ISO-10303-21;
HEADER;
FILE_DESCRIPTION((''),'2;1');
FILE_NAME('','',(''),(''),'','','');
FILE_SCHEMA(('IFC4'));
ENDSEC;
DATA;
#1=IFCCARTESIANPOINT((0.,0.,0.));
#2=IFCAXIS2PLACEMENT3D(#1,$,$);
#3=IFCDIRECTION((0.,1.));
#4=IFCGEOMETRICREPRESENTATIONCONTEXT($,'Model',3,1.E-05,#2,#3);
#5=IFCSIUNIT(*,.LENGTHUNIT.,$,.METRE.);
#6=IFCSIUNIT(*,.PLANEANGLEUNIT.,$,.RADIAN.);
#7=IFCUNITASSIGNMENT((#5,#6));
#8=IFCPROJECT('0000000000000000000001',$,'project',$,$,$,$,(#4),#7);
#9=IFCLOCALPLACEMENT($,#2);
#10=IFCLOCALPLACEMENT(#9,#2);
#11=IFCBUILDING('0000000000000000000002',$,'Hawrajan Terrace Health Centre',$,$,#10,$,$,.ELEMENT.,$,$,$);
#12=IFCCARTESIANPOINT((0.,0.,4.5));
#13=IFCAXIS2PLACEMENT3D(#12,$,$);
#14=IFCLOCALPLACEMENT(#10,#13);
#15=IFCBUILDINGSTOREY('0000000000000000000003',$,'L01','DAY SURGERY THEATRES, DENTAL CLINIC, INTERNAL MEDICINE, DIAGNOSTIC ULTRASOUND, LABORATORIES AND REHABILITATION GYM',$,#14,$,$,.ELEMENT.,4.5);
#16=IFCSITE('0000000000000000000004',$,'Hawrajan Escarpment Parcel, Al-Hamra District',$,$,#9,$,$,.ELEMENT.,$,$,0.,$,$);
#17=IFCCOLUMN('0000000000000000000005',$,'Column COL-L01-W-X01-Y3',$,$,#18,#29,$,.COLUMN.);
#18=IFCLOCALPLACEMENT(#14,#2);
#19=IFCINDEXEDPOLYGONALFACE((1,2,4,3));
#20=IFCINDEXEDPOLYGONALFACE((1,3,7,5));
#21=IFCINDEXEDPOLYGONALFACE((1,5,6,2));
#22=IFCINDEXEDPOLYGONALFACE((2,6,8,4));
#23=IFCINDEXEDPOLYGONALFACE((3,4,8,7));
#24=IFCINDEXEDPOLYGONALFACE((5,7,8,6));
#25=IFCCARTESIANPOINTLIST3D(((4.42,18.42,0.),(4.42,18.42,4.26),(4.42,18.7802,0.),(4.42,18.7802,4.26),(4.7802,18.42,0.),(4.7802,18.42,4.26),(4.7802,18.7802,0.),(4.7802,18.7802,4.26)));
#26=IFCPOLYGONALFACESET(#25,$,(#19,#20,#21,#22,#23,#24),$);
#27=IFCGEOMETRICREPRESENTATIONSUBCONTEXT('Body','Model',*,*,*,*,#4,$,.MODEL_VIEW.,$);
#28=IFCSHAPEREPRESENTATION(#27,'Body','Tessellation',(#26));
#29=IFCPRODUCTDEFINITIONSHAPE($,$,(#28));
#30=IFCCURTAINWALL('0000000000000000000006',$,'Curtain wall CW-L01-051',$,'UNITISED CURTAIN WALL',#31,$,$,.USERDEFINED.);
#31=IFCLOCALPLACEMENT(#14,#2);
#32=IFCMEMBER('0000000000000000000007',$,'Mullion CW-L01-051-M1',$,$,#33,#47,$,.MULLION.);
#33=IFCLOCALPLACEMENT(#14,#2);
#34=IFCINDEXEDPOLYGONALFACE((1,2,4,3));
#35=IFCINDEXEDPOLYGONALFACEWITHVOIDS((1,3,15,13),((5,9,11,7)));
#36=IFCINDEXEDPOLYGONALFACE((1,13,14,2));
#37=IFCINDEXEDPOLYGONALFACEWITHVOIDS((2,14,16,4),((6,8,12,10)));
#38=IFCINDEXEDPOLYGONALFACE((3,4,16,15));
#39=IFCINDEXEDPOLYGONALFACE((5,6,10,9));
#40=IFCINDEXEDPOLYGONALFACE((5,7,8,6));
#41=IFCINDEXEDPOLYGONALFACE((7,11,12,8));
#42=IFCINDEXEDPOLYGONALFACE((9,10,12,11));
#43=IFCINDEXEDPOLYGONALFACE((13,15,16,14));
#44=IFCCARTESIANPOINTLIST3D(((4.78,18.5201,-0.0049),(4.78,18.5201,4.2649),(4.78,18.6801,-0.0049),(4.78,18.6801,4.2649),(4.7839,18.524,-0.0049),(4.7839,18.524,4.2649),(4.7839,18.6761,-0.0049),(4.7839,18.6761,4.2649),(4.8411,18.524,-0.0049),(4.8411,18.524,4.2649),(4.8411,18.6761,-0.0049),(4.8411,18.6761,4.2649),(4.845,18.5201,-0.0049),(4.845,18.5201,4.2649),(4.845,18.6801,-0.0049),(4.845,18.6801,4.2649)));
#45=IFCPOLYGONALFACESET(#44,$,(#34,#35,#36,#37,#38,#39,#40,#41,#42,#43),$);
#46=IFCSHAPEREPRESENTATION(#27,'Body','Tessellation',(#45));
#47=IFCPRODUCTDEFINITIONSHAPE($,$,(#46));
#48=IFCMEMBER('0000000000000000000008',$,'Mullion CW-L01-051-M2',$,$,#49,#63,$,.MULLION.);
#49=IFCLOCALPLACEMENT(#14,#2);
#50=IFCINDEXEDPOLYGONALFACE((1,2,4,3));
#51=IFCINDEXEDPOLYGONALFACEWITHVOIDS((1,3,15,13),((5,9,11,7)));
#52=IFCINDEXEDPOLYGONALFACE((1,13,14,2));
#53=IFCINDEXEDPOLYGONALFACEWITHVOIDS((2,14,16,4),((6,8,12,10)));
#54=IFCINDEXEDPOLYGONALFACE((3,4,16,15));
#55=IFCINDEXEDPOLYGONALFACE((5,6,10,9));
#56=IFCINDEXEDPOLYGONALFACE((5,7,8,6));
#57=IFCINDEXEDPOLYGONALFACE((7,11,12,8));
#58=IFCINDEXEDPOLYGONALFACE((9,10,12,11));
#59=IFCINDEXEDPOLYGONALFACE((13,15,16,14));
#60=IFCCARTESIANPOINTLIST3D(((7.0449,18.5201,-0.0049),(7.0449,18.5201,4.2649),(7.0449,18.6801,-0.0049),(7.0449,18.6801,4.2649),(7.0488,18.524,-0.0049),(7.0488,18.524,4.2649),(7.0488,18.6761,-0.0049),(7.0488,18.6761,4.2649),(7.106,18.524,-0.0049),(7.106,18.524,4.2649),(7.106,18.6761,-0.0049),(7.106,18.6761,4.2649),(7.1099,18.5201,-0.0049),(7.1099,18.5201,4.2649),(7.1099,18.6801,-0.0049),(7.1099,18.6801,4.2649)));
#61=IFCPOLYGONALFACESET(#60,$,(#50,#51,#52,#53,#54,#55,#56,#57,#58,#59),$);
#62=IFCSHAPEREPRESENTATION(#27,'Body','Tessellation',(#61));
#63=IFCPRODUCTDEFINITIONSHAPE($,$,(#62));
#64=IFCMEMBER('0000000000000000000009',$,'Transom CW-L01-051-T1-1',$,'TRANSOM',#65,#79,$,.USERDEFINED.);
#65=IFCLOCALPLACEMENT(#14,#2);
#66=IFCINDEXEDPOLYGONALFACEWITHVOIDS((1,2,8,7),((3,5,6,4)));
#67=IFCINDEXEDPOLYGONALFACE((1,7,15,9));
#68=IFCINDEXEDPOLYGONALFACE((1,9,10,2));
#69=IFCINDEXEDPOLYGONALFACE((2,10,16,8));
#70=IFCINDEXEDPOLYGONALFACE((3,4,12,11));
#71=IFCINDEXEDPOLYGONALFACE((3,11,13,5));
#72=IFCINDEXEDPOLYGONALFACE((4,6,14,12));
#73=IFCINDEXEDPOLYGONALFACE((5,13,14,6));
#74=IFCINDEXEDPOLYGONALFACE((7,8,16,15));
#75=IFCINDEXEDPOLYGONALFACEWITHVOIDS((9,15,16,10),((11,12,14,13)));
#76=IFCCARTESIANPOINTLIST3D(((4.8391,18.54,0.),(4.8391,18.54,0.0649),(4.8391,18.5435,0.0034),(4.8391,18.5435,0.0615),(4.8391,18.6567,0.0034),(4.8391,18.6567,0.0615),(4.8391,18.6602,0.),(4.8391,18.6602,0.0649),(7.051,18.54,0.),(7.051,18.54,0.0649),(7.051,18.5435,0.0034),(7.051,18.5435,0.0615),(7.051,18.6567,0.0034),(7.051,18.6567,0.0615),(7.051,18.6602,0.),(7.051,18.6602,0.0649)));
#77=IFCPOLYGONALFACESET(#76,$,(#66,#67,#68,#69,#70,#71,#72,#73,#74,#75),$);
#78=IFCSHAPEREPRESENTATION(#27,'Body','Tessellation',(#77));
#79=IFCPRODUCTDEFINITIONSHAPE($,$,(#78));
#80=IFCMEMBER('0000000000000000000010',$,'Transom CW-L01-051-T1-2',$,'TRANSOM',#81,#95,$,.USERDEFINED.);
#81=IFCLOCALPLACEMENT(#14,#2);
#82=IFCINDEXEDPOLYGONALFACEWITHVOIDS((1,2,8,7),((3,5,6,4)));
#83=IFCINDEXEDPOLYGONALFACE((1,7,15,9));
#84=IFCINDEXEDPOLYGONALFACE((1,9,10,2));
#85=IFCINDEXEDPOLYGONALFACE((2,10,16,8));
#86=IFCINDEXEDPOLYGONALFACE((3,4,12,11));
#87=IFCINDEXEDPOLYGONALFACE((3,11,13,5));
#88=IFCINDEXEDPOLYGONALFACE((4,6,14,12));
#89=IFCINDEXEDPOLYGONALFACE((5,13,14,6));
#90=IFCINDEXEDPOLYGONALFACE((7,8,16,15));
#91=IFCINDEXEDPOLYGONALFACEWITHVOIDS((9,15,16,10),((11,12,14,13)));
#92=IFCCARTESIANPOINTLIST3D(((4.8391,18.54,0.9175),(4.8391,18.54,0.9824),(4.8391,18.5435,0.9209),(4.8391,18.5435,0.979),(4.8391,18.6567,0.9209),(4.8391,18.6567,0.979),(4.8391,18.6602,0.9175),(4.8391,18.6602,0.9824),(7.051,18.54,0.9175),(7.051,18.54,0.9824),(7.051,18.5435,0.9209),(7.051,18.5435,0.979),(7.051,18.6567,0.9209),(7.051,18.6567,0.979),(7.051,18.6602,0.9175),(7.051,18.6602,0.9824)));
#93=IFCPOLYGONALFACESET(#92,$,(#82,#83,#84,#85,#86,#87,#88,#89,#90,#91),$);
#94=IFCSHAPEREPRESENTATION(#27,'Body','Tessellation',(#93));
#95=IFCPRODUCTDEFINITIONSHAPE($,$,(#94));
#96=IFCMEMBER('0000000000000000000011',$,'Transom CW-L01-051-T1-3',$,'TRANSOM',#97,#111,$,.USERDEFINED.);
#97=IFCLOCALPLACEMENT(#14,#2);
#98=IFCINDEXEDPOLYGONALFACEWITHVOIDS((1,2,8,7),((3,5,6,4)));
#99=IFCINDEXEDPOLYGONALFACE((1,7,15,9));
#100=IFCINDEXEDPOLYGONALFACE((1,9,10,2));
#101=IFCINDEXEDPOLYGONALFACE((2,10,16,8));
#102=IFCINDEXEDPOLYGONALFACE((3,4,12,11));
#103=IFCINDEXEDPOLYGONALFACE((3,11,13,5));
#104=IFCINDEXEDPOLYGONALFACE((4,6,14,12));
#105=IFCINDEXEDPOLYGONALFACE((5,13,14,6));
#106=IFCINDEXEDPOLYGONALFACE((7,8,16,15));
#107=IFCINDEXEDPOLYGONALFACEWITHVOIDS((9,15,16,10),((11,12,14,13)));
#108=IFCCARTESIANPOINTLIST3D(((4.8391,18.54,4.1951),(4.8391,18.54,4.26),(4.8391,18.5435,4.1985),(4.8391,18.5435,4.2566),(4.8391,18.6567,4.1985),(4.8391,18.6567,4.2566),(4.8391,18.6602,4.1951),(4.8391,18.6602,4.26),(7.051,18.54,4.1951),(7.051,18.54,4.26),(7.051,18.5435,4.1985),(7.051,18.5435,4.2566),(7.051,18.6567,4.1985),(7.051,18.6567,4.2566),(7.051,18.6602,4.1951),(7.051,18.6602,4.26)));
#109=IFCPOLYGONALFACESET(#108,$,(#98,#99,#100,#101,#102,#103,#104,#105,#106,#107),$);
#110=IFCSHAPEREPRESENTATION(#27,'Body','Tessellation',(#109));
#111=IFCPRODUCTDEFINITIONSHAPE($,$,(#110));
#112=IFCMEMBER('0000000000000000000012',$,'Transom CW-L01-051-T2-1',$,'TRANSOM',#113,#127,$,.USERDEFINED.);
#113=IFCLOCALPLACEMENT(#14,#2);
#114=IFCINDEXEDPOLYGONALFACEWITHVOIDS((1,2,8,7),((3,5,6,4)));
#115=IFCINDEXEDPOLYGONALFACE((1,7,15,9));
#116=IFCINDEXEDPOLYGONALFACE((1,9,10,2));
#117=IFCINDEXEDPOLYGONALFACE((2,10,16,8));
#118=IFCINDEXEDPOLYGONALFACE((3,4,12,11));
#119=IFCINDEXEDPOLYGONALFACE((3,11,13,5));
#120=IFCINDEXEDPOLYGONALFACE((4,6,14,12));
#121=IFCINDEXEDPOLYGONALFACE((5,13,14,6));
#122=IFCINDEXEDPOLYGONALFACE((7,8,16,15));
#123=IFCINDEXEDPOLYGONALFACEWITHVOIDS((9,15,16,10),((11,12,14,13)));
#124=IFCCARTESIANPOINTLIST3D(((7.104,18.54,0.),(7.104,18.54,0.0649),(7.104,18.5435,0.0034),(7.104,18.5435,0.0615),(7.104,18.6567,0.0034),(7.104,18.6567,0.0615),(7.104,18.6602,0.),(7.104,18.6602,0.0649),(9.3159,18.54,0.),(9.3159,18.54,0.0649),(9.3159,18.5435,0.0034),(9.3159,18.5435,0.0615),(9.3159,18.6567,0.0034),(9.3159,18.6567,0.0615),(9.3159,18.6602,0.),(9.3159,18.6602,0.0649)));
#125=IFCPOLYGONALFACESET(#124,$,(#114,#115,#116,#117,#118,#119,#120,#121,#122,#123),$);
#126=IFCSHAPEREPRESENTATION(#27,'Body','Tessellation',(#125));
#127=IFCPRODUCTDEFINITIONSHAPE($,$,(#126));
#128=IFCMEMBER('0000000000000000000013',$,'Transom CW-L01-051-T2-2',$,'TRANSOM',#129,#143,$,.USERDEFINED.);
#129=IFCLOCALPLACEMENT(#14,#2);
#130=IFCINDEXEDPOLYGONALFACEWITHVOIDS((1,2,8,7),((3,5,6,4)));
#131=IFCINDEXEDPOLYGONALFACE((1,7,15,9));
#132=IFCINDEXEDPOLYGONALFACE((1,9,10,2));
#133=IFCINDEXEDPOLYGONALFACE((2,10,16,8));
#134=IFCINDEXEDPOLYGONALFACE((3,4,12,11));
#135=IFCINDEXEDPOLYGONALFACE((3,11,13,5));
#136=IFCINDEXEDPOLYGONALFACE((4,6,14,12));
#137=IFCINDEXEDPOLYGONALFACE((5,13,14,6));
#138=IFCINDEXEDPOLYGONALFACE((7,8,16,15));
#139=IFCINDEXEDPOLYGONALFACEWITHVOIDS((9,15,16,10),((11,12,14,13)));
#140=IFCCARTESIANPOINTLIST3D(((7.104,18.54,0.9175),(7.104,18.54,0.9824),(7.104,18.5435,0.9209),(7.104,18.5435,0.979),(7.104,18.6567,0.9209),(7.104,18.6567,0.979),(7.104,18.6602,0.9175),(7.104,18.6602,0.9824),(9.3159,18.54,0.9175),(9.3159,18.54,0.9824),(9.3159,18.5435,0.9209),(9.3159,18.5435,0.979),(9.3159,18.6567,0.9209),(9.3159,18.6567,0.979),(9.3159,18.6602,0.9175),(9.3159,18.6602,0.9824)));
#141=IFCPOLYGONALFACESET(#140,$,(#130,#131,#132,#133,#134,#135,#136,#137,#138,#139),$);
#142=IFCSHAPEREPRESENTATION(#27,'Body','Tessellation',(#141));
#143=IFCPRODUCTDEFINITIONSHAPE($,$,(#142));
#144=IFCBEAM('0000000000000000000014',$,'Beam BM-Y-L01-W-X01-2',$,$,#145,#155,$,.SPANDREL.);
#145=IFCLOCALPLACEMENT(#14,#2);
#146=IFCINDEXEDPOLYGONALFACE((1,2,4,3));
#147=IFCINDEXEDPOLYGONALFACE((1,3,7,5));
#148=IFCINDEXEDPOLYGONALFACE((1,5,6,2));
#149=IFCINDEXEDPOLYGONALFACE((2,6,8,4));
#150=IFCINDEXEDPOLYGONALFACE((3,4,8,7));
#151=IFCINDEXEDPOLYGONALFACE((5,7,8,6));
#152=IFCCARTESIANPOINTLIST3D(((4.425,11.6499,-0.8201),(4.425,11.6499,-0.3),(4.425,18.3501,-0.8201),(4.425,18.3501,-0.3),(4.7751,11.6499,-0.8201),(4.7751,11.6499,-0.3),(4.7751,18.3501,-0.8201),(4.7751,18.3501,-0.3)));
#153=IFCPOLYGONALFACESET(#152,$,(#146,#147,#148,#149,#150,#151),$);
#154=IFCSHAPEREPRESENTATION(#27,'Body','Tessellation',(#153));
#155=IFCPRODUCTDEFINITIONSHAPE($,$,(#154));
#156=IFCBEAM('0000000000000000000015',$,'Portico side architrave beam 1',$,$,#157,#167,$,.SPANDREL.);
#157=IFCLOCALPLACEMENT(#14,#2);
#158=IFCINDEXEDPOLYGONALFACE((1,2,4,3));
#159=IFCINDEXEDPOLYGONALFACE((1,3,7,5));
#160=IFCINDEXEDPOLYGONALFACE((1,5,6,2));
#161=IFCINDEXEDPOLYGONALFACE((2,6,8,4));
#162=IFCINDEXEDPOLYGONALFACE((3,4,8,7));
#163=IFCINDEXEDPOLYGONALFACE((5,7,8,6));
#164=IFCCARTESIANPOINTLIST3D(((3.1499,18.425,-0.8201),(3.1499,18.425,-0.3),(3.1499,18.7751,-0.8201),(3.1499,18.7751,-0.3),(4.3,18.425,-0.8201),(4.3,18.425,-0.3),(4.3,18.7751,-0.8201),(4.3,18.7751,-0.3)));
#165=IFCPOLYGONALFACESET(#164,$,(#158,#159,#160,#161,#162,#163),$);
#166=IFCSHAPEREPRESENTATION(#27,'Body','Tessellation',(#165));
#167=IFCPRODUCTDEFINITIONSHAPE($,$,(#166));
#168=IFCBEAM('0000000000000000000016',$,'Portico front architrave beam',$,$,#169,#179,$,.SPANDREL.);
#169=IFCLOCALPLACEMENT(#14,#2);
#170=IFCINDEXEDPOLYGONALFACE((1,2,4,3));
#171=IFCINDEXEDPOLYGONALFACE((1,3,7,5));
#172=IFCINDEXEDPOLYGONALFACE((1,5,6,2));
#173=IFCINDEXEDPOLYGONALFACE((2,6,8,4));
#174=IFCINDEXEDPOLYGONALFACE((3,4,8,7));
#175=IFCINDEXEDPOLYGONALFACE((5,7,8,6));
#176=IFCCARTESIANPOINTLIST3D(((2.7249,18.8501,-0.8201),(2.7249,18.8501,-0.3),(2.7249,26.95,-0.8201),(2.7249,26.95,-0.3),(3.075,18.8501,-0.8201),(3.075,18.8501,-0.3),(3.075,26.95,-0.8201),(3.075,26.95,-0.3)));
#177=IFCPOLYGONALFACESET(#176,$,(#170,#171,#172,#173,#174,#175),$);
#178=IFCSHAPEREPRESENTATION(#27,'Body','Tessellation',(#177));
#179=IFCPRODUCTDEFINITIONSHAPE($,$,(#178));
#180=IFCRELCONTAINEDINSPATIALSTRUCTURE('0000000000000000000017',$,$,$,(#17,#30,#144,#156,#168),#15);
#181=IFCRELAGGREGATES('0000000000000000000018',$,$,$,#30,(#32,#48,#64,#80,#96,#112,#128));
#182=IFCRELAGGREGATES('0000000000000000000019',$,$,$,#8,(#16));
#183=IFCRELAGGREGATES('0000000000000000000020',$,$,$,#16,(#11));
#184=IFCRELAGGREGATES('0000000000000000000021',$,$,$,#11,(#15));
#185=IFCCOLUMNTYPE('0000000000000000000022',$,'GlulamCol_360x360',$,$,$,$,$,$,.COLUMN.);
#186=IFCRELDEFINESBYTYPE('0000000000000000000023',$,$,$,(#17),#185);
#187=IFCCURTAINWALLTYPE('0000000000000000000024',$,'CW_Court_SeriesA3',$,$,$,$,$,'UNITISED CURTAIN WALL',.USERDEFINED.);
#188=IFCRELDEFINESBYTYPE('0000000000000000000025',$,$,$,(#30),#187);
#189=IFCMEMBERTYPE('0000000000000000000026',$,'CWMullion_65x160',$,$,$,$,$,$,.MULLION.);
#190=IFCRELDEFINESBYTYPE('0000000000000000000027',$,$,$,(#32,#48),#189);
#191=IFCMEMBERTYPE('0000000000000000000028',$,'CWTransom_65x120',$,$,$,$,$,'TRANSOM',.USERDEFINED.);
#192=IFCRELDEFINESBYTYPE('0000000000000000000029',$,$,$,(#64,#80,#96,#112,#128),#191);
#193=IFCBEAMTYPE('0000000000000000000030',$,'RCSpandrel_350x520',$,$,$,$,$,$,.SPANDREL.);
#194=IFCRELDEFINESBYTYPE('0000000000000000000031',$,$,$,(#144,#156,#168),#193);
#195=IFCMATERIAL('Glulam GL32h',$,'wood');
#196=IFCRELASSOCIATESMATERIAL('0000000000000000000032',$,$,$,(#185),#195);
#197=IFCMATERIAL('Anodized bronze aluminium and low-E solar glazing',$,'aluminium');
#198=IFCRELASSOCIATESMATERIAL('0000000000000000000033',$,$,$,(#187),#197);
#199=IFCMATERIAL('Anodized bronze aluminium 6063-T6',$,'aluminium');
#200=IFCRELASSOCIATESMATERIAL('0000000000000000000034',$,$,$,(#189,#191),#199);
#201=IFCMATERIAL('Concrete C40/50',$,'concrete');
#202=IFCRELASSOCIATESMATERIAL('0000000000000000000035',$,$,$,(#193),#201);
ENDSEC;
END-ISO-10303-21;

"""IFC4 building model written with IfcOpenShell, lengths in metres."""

from ifc_helpers import new_model, si_unit, direction, frame, origin, origin_2d, place, context, subcontext, project, spatial, rectangle, hollow_rectangle, extrude, material, material_profile, profile_set, type_object, element, aggregate, save


model = new_model("IFC4")

# Units and contexts
model_context = context("Model", 3, precision=1e-05, world=origin(), true_north=direction((0.0, 1.0)))
body_context = subcontext(model_context, "Body", "Model", "MODEL_VIEW")
ifc_project = project(units=[si_unit("LENGTHUNIT", "METRE"), si_unit("PLANEANGLEUNIT", "RADIAN")], contexts=[model_context])

# Site, building, storey
site_placement = place(None, origin())
site = spatial("IfcSite", under=ifc_project, at=site_placement, Name="Hawrajan Escarpment Parcel, Al-Hamra District", CompositionType="ELEMENT", RefElevation=0.0)
building_placement = place(site_placement, origin())
building = spatial("IfcBuilding", under=site, at=building_placement, Name="Hawrajan Terrace Health Centre", CompositionType="ELEMENT")
storey_placement = place(building_placement, frame((0.0, 0.0, 4.5)))
storey = spatial("IfcBuildingStorey", under=building, at=storey_placement, Name="L01", Description="DAY SURGERY THEATRES, DENTAL CLINIC, INTERNAL MEDICINE, DIAGNOSTIC ULTRASOUND, LABORATORIES AND REHABILITATION GYM", CompositionType="ELEMENT", Elevation=4.5)

# Column
ifc_material_1 = material(Name="Glulam GL32h", Category="wood")
ifc_material_profile_1 = material_profile(ifc_material_1, rectangle(XDim=0.3601, YDim=0.3601, at=origin_2d()), Name="GL 360x360")
ifc_profile_set_1 = profile_set([ifc_material_profile_1], Name="Glulam GL32h")
column_type = type_object("IfcColumnType", Name="GlulamCol_360x360", PredefinedType="COLUMN", material=ifc_profile_set_1)
column_placement = place(storey_placement, frame((4.6001, 18.6001, 0.0), z_axis=(0.0, 0.0, 1.0), x_axis=(1.0, 0.0, 0.0)))
element("IfcColumn", 1, at=column_placement, inside=storey, type_object=column_type, Name="Column COL-L01-W-X01-Y3", PredefinedType="COLUMN", context=body_context, shape_type="SweptSolid", body=[
    extrude(rectangle(XDim=0.3601, YDim=0.3601, at=origin_2d()), origin(), (0.0, 0.0, 1.0), 4.26),
])

# Curtain wall, members
ifc_material_2 = material(Name="Anodized bronze aluminium and low-E solar glazing", Category="aluminium")
curtain_wall_type = type_object("IfcCurtainWallType", Name="CW_Court_SeriesA3", ElementType="UNITISED CURTAIN WALL", PredefinedType="USERDEFINED", material=ifc_material_2)
curtain_wall_placement = place(storey_placement, origin())
curtain_wall = element("IfcCurtainWall", 2, at=curtain_wall_placement, inside=storey, type_object=curtain_wall_type, Name="Curtain wall CW-L01-051", ObjectType="UNITISED CURTAIN WALL", PredefinedType="USERDEFINED")
ifc_material_3 = material(Name="Anodized bronze aluminium 6063-T6", Category="aluminium")
ifc_material_profile_2 = material_profile(ifc_material_3, hollow_rectangle(XDim=0.0649, YDim=0.1599, WallThickness=0.0039, at=origin_2d()), Name="CW MUL 65x160")
ifc_profile_set_2 = profile_set([ifc_material_profile_2], Name="Anodized bronze aluminium 6063-T6")
member_type_1 = type_object("IfcMemberType", Name="CWMullion_65x160", PredefinedType="MULLION", material=ifc_profile_set_2)
member_1_placement = place(storey_placement, frame((4.8125, 18.6001, -0.0049), z_axis=(0.0, 0.0, 1.0), x_axis=(1.0, 0.0, 0.0)))
member_1 = element("IfcMember", 3, at=member_1_placement, type_object=member_type_1, Name="Mullion CW-L01-051-M1", PredefinedType="MULLION", context=body_context, shape_type="SweptSolid", body=[
    extrude(hollow_rectangle(XDim=0.0649, YDim=0.1599, WallThickness=0.0039, at=origin_2d()), origin(), (0.0, 0.0, 1.0), 4.2698),
])
member_2_placement = place(storey_placement, frame((7.0774, 18.6001, -0.0049), z_axis=(0.0, 0.0, 1.0), x_axis=(1.0, 0.0, 0.0)))
member_2 = element("IfcMember", 4, at=member_2_placement, type_object=member_type_1, Name="Mullion CW-L01-051-M2", PredefinedType="MULLION", context=body_context, shape_type="SweptSolid", body=[
    extrude(hollow_rectangle(XDim=0.0649, YDim=0.1599, WallThickness=0.0039, at=origin_2d()), origin(), (0.0, 0.0, 1.0), 4.2698),
])
ifc_material_profile_3 = material_profile(ifc_material_3, hollow_rectangle(XDim=0.0649, YDim=0.1201, WallThickness=0.0034, at=origin_2d()), Name="CW TRN 65x120")
ifc_profile_set_3 = profile_set([ifc_material_profile_3], Name="Anodized bronze aluminium 6063-T6")
member_type_2 = type_object("IfcMemberType", Name="CWTransom_65x120", ElementType="TRANSOM", PredefinedType="USERDEFINED", material=ifc_profile_set_3)
member_3_placement = place(storey_placement, frame((4.8391, 18.6001, 0.0325), z_axis=(1.0, 0.0, 0.0), x_axis=(0.0, 0.0, 1.0)))
member_3 = element("IfcMember", 5, at=member_3_placement, type_object=member_type_2, Name="Transom CW-L01-051-T1-1", ObjectType="TRANSOM", PredefinedType="USERDEFINED", context=body_context, shape_type="SweptSolid", body=[
    extrude(hollow_rectangle(XDim=0.0649, YDim=0.1201, WallThickness=0.0034, at=origin_2d()), origin(), (0.0, 0.0, 1.0), 2.2119),
])
member_4_placement = place(storey_placement, frame((4.8391, 18.6001, 0.95), z_axis=(1.0, 0.0, 0.0), x_axis=(0.0, 0.0, 1.0)))
member_4 = element("IfcMember", 6, at=member_4_placement, type_object=member_type_2, Name="Transom CW-L01-051-T1-2", ObjectType="TRANSOM", PredefinedType="USERDEFINED", context=body_context, shape_type="SweptSolid", body=[
    extrude(hollow_rectangle(XDim=0.0649, YDim=0.1201, WallThickness=0.0034, at=origin_2d()), origin(), (0.0, 0.0, 1.0), 2.2119),
])
member_5_placement = place(storey_placement, frame((4.8391, 18.6001, 4.2275), z_axis=(1.0, 0.0, 0.0), x_axis=(0.0, 0.0, 1.0)))
member_5 = element("IfcMember", 7, at=member_5_placement, type_object=member_type_2, Name="Transom CW-L01-051-T1-3", ObjectType="TRANSOM", PredefinedType="USERDEFINED", context=body_context, shape_type="SweptSolid", body=[
    extrude(hollow_rectangle(XDim=0.0649, YDim=0.1201, WallThickness=0.0034, at=origin_2d()), origin(), (0.0, 0.0, 1.0), 2.2119),
])
member_6_placement = place(storey_placement, frame((7.104, 18.6001, 0.0325), z_axis=(1.0, 0.0, 0.0), x_axis=(0.0, 0.0, 1.0)))
member_6 = element("IfcMember", 8, at=member_6_placement, type_object=member_type_2, Name="Transom CW-L01-051-T2-1", ObjectType="TRANSOM", PredefinedType="USERDEFINED", context=body_context, shape_type="SweptSolid", body=[
    extrude(hollow_rectangle(XDim=0.0649, YDim=0.1201, WallThickness=0.0034, at=origin_2d()), origin(), (0.0, 0.0, 1.0), 2.2119),
])
member_7_placement = place(storey_placement, frame((7.104, 18.6001, 0.95), z_axis=(1.0, 0.0, 0.0), x_axis=(0.0, 0.0, 1.0)))
member_7 = element("IfcMember", 9, at=member_7_placement, type_object=member_type_2, Name="Transom CW-L01-051-T2-2", ObjectType="TRANSOM", PredefinedType="USERDEFINED", context=body_context, shape_type="SweptSolid", body=[
    extrude(hollow_rectangle(XDim=0.0649, YDim=0.1201, WallThickness=0.0034, at=origin_2d()), origin(), (0.0, 0.0, 1.0), 2.2119),
])

# Beams
ifc_material_4 = material(Name="Concrete C40/50", Category="concrete")
ifc_material_profile_4 = material_profile(ifc_material_4, rectangle(XDim=0.3501, YDim=0.52, at=origin_2d()), Name="RC SP 350x520")
ifc_profile_set_4 = profile_set([ifc_material_profile_4], Name="Concrete C40/50")
beam_type_1 = type_object("IfcBeamType", Name="RCSpandrel_350x520", PredefinedType="SPANDREL", material=ifc_profile_set_4)
beam_1_placement = place(storey_placement, frame((4.6001, 11.6499, -0.5601), z_axis=(0.0, 1.0, 0.0), x_axis=(-1.0, 0.0, 0.0)))
element("IfcBeam", 10, at=beam_1_placement, inside=storey, type_object=beam_type_1, Name="Beam BM-Y-L01-W-X01-2", PredefinedType="SPANDREL", context=body_context, shape_type="SweptSolid", body=[
    extrude(rectangle(XDim=0.3501, YDim=0.52, at=origin_2d()), origin(), (0.0, 0.0, 1.0), 6.7002),
])
beam_2_placement = place(storey_placement, frame((3.1499, 18.6001, -0.5601), z_axis=(1.0, 0.0, 0.0), x_axis=(0.0, 1.0, 0.0)))
element("IfcBeam", 11, at=beam_2_placement, inside=storey, type_object=beam_type_1, Name="Portico side architrave beam 1", PredefinedType="SPANDREL", context=body_context, shape_type="SweptSolid", body=[
    extrude(rectangle(XDim=0.3501, YDim=0.52, at=origin_2d()), origin(), (0.0, 0.0, 1.0), 1.1501),
])
beam_3_placement = place(storey_placement, frame((2.8999, 18.8501, -0.5601), z_axis=(0.0, 1.0, 0.0), x_axis=(-1.0, 0.0, 0.0)))
element("IfcBeam", 12, at=beam_3_placement, inside=storey, type_object=beam_type_1, Name="Portico front architrave beam", PredefinedType="SPANDREL", context=body_context, shape_type="SweptSolid", body=[
    extrude(rectangle(XDim=0.3501, YDim=0.52, at=origin_2d()), origin(), (0.0, 0.0, 1.0), 8.0999),
])

aggregate(curtain_wall, [member_1, member_2, member_3, member_4, member_5, member_6, member_7])

save(model, "model.ifc")
